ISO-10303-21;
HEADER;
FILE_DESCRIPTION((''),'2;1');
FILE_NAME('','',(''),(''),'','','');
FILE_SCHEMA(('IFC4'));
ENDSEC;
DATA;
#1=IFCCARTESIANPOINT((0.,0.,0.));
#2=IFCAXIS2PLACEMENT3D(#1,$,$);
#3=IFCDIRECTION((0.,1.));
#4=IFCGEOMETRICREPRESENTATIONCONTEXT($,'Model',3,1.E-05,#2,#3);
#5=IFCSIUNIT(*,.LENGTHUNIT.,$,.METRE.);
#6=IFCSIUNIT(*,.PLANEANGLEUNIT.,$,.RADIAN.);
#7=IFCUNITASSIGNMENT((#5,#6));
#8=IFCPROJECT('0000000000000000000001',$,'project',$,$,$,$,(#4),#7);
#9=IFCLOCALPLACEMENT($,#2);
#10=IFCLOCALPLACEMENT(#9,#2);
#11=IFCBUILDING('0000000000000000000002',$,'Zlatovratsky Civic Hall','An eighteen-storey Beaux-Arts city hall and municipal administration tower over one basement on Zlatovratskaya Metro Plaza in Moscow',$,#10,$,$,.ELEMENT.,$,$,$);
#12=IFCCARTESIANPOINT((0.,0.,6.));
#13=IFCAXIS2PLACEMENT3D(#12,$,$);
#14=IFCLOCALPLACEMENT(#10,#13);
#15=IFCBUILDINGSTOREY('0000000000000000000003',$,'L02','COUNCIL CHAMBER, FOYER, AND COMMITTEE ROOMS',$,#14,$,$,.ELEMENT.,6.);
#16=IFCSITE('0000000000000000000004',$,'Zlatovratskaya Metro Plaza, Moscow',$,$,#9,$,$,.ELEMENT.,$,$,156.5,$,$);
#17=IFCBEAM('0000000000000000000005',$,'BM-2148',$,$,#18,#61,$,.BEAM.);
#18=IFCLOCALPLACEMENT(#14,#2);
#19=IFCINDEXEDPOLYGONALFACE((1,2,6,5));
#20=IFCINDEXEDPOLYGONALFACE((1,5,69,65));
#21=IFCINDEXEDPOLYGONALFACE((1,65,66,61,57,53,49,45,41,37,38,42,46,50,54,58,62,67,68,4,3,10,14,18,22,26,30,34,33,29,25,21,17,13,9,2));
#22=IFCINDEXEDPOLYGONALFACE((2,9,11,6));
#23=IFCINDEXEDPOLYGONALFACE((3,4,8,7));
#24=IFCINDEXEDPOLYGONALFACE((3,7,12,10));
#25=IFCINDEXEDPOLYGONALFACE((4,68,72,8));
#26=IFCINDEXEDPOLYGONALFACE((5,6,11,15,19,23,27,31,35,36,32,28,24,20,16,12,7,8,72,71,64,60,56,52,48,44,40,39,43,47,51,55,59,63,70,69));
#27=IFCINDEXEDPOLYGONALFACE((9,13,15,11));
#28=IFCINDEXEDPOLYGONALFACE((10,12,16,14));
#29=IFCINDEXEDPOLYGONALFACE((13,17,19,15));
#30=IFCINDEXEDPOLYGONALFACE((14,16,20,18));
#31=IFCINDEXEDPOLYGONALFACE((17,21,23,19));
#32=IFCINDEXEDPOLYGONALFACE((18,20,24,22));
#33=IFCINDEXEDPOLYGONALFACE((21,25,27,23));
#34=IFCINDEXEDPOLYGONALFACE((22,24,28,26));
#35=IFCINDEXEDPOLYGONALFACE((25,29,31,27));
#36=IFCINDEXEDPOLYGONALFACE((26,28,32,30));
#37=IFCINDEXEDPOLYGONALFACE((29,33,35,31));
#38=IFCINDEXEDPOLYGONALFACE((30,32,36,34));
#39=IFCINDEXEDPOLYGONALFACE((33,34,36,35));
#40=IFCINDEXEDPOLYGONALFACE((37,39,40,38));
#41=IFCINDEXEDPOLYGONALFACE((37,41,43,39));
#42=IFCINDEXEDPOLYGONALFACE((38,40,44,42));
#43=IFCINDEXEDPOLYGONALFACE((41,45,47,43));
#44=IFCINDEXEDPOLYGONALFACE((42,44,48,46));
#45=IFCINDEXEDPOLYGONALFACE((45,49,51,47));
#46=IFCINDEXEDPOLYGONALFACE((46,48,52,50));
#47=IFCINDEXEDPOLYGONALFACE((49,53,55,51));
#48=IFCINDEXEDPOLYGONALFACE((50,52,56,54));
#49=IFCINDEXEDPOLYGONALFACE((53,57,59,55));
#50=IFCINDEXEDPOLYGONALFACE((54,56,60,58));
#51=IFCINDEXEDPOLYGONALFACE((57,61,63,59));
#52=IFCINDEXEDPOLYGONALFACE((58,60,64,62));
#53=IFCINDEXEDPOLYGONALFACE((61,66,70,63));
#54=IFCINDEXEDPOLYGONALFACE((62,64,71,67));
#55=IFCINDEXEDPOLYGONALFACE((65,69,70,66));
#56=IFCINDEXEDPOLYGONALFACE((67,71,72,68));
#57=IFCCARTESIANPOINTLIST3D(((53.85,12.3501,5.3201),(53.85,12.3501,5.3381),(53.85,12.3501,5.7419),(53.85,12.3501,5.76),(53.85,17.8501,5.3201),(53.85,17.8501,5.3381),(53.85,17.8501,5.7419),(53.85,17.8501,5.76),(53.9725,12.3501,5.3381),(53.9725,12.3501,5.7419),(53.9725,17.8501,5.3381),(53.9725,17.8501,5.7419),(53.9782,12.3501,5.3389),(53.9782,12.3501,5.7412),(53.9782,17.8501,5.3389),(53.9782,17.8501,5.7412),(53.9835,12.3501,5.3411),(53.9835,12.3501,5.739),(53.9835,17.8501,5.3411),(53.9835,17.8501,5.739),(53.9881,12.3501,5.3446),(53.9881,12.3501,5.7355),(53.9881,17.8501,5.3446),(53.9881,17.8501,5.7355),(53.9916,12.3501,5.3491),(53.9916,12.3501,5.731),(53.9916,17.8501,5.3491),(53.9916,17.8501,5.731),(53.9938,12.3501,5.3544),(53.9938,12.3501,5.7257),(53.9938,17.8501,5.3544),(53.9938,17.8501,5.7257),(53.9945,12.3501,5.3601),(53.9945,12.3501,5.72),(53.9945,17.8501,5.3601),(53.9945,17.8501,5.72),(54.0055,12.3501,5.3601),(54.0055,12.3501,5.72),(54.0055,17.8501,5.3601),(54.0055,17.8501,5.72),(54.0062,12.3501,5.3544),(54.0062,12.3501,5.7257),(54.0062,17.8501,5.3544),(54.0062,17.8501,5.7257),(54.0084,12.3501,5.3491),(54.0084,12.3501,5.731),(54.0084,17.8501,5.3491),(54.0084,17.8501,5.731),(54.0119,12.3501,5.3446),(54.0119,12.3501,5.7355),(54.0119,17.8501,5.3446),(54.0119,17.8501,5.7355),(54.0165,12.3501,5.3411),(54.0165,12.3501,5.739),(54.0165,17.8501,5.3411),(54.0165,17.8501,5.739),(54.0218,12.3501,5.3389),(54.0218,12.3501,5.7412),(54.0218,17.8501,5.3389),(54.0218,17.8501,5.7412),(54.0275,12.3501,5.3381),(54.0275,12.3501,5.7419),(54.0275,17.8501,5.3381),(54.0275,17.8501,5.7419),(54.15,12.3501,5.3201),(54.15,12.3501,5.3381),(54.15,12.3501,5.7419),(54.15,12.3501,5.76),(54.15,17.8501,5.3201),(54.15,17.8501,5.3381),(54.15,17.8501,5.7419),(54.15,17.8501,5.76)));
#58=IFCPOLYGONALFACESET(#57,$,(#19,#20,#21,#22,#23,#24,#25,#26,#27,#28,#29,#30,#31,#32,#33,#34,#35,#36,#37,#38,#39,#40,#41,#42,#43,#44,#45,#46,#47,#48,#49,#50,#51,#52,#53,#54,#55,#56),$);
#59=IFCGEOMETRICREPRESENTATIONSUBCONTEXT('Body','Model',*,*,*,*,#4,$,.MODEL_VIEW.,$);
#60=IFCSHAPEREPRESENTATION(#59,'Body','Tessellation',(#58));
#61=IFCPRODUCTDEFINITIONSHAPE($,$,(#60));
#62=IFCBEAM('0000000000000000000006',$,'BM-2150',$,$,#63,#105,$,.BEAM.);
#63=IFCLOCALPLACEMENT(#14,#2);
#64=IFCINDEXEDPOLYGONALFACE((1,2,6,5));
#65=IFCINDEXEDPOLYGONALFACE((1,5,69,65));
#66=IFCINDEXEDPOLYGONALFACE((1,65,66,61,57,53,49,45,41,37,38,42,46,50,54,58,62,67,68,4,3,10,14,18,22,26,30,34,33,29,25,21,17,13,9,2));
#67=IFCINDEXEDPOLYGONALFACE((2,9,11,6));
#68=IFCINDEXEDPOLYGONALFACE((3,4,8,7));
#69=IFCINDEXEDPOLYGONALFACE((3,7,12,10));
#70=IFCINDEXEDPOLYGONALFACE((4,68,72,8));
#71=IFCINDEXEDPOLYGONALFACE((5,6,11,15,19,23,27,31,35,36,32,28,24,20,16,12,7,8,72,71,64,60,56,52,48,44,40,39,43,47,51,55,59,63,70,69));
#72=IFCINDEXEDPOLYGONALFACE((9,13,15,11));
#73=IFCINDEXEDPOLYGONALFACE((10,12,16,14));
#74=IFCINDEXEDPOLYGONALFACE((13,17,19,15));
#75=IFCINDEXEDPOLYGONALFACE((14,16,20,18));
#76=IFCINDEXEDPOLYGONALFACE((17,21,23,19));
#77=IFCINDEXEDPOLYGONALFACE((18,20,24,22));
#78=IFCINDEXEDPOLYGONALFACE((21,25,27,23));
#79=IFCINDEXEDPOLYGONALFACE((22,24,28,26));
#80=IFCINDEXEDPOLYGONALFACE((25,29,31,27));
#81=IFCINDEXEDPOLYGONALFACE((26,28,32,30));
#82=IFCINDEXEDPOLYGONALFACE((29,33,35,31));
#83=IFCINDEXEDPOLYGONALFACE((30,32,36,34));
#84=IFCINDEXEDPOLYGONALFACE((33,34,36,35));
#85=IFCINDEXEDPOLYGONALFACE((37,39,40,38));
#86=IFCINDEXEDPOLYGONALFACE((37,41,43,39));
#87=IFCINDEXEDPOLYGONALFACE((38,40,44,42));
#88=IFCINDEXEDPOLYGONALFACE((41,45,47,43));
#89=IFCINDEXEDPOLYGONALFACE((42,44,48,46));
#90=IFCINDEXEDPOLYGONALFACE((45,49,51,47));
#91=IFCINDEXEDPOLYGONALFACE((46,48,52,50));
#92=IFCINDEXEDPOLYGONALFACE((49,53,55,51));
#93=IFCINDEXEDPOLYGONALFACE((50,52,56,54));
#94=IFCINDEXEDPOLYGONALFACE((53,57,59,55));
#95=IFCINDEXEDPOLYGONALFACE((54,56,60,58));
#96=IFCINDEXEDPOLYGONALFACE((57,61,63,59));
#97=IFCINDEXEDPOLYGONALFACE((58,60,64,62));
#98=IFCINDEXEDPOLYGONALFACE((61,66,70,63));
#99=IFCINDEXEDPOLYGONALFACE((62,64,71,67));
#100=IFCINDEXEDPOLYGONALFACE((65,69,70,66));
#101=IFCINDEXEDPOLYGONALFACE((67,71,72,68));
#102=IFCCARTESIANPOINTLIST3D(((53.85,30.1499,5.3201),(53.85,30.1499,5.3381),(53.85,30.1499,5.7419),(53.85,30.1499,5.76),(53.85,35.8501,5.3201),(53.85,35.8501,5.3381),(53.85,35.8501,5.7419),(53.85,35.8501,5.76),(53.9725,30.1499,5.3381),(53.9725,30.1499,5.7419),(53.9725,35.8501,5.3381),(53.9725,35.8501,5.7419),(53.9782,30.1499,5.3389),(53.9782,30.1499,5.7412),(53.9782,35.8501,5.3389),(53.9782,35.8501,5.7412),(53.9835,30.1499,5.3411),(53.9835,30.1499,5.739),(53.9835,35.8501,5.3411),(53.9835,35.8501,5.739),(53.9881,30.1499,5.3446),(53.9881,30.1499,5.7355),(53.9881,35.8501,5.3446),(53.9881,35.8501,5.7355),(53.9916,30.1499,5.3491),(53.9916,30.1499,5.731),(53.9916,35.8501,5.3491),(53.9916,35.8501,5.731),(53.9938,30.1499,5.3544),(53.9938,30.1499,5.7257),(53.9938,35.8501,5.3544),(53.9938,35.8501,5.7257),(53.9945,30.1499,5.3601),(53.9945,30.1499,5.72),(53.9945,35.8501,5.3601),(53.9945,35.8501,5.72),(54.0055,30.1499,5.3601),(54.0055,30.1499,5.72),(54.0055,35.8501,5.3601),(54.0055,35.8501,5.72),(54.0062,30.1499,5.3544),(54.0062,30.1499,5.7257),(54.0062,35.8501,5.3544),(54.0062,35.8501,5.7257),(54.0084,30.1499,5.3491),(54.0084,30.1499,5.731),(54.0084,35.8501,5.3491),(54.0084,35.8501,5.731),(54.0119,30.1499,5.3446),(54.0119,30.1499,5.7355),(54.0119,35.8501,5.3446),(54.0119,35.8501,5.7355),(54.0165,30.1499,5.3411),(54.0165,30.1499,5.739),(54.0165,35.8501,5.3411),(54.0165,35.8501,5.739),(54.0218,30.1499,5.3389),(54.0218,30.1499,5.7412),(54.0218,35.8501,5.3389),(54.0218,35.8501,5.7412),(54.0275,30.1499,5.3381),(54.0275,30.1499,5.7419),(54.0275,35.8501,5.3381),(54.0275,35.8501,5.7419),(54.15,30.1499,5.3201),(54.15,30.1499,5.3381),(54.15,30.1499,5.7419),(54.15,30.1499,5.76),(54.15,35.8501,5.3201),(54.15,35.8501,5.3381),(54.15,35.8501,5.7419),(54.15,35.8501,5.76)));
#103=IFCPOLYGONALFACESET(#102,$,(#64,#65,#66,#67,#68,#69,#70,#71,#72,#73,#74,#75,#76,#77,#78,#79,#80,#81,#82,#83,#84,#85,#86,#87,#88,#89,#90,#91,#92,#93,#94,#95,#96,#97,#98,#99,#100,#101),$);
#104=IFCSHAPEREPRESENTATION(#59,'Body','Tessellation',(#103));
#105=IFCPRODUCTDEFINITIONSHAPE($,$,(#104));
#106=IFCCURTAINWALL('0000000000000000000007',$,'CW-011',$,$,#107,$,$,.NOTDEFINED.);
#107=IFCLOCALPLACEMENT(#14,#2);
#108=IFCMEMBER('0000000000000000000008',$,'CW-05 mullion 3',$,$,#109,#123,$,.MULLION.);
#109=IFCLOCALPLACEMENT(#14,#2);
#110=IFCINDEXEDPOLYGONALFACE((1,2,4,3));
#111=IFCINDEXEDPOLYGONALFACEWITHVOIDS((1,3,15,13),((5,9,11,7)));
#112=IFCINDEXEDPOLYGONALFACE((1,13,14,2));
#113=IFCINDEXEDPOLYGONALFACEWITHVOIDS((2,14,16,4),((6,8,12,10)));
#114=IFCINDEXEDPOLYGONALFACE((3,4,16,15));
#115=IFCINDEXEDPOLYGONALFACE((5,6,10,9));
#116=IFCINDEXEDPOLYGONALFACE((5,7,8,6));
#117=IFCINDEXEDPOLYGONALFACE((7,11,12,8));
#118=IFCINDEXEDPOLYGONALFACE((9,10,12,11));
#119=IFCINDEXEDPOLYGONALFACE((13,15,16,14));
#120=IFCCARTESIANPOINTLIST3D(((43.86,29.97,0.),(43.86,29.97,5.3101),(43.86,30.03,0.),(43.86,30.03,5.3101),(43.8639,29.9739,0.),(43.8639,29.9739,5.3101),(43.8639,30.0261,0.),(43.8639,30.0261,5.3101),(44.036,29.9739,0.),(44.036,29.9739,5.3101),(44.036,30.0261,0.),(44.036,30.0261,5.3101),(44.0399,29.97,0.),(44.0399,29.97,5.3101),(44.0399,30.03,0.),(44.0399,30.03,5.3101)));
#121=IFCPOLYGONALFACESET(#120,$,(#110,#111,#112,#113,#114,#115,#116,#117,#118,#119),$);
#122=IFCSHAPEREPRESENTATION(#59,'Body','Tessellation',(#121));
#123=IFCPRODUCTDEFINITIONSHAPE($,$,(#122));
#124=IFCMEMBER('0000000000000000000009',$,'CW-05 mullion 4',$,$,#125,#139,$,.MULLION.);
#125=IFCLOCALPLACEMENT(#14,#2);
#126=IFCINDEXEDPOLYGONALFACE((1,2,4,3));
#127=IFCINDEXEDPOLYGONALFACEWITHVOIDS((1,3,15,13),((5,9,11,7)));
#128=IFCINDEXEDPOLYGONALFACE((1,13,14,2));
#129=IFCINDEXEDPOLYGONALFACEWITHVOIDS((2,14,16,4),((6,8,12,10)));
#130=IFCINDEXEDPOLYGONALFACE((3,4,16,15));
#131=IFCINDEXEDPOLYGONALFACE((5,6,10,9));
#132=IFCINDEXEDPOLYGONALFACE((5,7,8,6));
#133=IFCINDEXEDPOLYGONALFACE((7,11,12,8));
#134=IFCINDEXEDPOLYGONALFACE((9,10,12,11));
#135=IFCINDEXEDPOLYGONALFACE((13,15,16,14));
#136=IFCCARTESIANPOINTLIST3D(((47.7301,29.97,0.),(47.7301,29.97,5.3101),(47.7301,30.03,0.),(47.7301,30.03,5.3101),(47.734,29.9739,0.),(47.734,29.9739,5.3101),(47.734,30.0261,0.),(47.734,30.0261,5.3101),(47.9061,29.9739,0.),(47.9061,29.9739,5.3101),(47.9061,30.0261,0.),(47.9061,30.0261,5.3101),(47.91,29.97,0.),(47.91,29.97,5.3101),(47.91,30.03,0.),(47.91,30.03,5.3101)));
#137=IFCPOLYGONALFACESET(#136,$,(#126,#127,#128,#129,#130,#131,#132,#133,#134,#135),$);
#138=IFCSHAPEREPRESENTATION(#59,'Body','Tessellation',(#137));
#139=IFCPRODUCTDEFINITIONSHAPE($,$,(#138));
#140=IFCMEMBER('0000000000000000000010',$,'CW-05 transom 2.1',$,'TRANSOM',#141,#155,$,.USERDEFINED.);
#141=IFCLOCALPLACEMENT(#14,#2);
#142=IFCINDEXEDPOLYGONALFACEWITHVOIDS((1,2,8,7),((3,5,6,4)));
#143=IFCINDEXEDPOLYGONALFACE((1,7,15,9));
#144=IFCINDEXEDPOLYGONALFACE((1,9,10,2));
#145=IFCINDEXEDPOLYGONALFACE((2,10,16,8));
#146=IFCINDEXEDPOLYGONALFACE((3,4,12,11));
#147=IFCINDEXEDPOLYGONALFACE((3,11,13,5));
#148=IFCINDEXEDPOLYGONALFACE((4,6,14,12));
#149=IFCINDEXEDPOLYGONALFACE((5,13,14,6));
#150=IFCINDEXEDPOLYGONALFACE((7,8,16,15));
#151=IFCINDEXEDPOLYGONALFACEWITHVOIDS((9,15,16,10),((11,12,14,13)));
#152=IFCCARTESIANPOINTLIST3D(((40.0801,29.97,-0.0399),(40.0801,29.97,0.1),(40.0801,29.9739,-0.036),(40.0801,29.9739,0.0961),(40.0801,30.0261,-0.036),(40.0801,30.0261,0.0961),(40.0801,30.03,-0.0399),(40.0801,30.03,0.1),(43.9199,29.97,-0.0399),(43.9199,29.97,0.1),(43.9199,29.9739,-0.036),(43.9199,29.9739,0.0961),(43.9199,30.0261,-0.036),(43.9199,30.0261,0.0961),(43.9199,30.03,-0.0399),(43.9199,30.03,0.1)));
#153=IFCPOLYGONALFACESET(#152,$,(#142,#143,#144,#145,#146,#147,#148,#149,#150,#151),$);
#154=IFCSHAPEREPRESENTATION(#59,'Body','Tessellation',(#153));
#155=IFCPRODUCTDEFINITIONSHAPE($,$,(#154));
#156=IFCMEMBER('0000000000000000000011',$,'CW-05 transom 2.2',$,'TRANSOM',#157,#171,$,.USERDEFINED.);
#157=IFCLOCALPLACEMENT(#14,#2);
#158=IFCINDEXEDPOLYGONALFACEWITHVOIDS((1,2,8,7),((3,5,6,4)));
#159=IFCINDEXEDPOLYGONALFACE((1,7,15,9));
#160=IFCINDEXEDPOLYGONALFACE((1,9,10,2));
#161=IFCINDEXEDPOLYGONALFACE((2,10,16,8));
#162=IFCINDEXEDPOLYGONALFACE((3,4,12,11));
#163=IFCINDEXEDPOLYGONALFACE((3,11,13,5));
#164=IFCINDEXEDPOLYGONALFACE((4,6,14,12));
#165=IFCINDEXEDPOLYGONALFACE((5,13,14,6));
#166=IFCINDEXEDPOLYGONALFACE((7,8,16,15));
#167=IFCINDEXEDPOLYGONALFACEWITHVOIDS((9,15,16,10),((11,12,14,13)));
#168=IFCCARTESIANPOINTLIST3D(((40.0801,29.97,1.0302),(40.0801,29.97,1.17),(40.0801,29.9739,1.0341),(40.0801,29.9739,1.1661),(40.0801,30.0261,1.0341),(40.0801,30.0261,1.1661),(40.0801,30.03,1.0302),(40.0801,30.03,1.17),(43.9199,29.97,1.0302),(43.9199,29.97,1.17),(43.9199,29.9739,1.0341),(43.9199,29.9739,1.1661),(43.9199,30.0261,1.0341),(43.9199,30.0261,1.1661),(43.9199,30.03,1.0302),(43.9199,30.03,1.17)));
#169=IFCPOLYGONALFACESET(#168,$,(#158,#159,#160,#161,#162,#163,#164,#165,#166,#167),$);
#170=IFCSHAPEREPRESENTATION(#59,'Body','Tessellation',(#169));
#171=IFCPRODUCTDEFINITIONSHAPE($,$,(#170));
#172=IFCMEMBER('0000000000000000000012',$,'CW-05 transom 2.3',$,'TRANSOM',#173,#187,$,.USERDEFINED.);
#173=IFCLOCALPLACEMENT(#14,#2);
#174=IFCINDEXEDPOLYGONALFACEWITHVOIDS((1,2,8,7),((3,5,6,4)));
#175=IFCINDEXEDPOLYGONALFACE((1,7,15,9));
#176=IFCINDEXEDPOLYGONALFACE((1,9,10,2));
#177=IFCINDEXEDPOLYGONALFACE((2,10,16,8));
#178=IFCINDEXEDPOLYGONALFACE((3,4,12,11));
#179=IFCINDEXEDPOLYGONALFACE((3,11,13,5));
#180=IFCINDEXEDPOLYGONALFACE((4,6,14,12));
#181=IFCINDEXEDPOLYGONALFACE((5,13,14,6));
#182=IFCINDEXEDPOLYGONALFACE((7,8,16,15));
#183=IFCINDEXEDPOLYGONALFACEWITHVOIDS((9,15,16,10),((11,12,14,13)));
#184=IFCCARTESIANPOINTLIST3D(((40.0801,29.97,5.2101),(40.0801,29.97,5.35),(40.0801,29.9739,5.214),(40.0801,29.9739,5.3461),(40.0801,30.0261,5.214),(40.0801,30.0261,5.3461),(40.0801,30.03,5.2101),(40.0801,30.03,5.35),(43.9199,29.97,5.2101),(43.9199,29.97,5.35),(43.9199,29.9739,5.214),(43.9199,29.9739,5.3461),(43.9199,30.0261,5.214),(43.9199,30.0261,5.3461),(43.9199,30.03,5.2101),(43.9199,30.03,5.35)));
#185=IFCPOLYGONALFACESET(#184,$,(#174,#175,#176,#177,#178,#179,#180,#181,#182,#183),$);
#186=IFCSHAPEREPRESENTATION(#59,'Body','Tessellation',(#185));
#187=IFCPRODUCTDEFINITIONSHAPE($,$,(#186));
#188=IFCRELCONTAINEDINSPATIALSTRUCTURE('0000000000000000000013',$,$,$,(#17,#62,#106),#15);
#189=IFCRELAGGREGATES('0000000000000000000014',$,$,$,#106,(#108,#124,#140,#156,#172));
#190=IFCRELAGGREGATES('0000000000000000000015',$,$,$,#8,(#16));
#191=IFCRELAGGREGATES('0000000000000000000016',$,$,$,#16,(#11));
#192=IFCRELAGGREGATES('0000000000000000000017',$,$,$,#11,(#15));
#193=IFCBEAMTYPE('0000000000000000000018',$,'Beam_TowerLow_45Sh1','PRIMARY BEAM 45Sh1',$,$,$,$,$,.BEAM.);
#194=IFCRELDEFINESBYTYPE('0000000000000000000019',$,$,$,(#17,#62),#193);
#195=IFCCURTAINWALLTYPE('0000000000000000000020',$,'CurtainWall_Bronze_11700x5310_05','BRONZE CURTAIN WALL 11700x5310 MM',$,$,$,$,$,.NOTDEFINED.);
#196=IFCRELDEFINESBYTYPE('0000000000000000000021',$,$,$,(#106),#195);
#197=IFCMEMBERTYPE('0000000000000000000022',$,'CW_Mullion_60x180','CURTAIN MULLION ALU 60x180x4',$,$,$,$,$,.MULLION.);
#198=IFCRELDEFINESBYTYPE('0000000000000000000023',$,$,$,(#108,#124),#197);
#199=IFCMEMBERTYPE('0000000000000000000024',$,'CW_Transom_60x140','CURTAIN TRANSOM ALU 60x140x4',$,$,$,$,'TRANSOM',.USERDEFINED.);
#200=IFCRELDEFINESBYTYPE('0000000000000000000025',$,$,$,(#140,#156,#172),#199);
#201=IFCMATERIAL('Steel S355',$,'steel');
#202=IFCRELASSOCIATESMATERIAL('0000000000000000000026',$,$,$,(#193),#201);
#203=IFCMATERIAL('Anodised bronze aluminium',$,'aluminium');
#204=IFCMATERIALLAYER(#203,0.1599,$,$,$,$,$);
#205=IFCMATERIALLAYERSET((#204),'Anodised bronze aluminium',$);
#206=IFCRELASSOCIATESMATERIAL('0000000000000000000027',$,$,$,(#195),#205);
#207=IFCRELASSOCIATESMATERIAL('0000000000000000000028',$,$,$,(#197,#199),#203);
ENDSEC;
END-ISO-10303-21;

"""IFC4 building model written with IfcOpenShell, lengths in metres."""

from ifc_helpers import new_model, si_unit, direction, frame, origin, origin_2d, place, context, subcontext, project, spatial, hollow_rectangle, i_section, extrude, material, layer, layer_set, material_profile, profile_set, type_object, element, aggregate, save


model = new_model("IFC4")

# Units and contexts
model_context = context("Model", 3, precision=1e-05, world=origin(), true_north=direction((0.0, 1.0)))
body_context = subcontext(model_context, "Body", "Model", "MODEL_VIEW")
ifc_project = project(units=[si_unit("LENGTHUNIT", "METRE"), si_unit("PLANEANGLEUNIT", "RADIAN")], contexts=[model_context])

# Site, building, storey
site_placement = place(None, origin())
site = spatial("IfcSite", under=ifc_project, at=site_placement, Name="Zlatovratskaya Metro Plaza, Moscow", CompositionType="ELEMENT", RefElevation=156.5)
building_placement = place(site_placement, origin())
building = spatial("IfcBuilding", under=site, at=building_placement, Name="Zlatovratsky Civic Hall", Description="An eighteen-storey Beaux-Arts city hall and municipal administration tower over one basement on Zlatovratskaya Metro Plaza in Moscow", CompositionType="ELEMENT")
storey_placement = place(building_placement, frame((0.0, 0.0, 6.0)))
storey = spatial("IfcBuildingStorey", under=building, at=storey_placement, Name="L02", Description="COUNCIL CHAMBER, FOYER, AND COMMITTEE ROOMS", CompositionType="ELEMENT", Elevation=6.0)

# Shared definitions
ifc_material_1 = material(Name="Steel S355", Category="steel")

# Beams
ifc_material_profile_1 = material_profile(ifc_material_1, i_section(OverallWidth=0.3, OverallDepth=0.4399, WebThickness=0.011, FlangeThickness=0.0181, FilletRadius=0.022, at=origin_2d()), Name="45Sh1")
ifc_profile_set_1 = profile_set([ifc_material_profile_1], Name="Steel S355")
beam_type_1 = type_object("IfcBeamType", Name="Beam_TowerLow_45Sh1", Description="PRIMARY BEAM 45Sh1", PredefinedType="BEAM", material=ifc_profile_set_1)
beam_1_placement = place(storey_placement, frame((54.0, 12.3501, 5.54), z_axis=(0.0, 1.0, 0.0), x_axis=(-1.0, 0.0, 0.0)))
element("IfcBeam", 1, at=beam_1_placement, inside=storey, type_object=beam_type_1, Name="BM-2148", PredefinedType="BEAM", context=body_context, shape_type="SweptSolid", body=[
    extrude(i_section(OverallWidth=0.3, OverallDepth=0.4399, WebThickness=0.011, FlangeThickness=0.0181, FilletRadius=0.022, at=origin_2d()), origin(), (0.0, 0.0, 1.0), 5.5),
])
beam_2_placement = place(storey_placement, frame((54.0, 30.1499, 5.54), z_axis=(0.0, 1.0, 0.0), x_axis=(-1.0, 0.0, 0.0)))
element("IfcBeam", 2, at=beam_2_placement, inside=storey, type_object=beam_type_1, Name="BM-2150", PredefinedType="BEAM", context=body_context, shape_type="SweptSolid", body=[
    extrude(i_section(OverallWidth=0.3, OverallDepth=0.4399, WebThickness=0.011, FlangeThickness=0.0181, FilletRadius=0.022, at=origin_2d()), origin(), (0.0, 0.0, 1.0), 5.7002),
])

# Curtain wall, members
ifc_material_2 = material(Name="Anodised bronze aluminium", Category="aluminium")
ifc_layer_1 = layer(ifc_material_2, 0.1599)
ifc_layer_set_1 = layer_set([ifc_layer_1], Name="Anodised bronze aluminium")
curtain_wall_type = type_object("IfcCurtainWallType", Name="CurtainWall_Bronze_11700x5310_05", Description="BRONZE CURTAIN WALL 11700x5310 MM", PredefinedType="NOTDEFINED", material=ifc_layer_set_1)
curtain_wall_placement = place(storey_placement, origin())
curtain_wall = element("IfcCurtainWall", 3, at=curtain_wall_placement, inside=storey, type_object=curtain_wall_type, Name="CW-011", PredefinedType="NOTDEFINED")
ifc_material_profile_2 = material_profile(ifc_material_2, hollow_rectangle(XDim=0.0601, YDim=0.1799, WallThickness=0.0039, at=origin_2d()), Name="ALU 60x180x4")
ifc_profile_set_2 = profile_set([ifc_material_profile_2], Name="Anodised bronze aluminium")
member_type_1 = type_object("IfcMemberType", Name="CW_Mullion_60x180", Description="CURTAIN MULLION ALU 60x180x4", PredefinedType="MULLION", material=ifc_profile_set_2)
member_1_placement = place(storey_placement, frame((43.95, 30.0, 0.0), z_axis=(0.0, 0.0, 1.0), x_axis=(0.0, 1.0, 0.0)))
member_1 = element("IfcMember", 4, at=member_1_placement, type_object=member_type_1, Name="CW-05 mullion 3", PredefinedType="MULLION", context=body_context, shape_type="SweptSolid", body=[
    extrude(hollow_rectangle(XDim=0.0601, YDim=0.1799, WallThickness=0.0039, at=origin_2d()), origin(), (0.0, 0.0, 1.0), 5.3101),
])
member_2_placement = place(storey_placement, frame((47.8201, 30.0, 0.0), z_axis=(0.0, 0.0, 1.0), x_axis=(0.0, 1.0, 0.0)))
member_2 = element("IfcMember", 5, at=member_2_placement, type_object=member_type_1, Name="CW-05 mullion 4", PredefinedType="MULLION", context=body_context, shape_type="SweptSolid", body=[
    extrude(hollow_rectangle(XDim=0.0601, YDim=0.1799, WallThickness=0.0039, at=origin_2d()), origin(), (0.0, 0.0, 1.0), 5.3101),
])
ifc_material_profile_3 = material_profile(ifc_material_2, hollow_rectangle(XDim=0.0601, YDim=0.1399, WallThickness=0.0039, at=origin_2d()), Name="ALU 60x140x4")
ifc_profile_set_3 = profile_set([ifc_material_profile_3], Name="Anodised bronze aluminium")
member_type_2 = type_object("IfcMemberType", Name="CW_Transom_60x140", Description="CURTAIN TRANSOM ALU 60x140x4", ElementType="TRANSOM", PredefinedType="USERDEFINED", material=ifc_profile_set_3)
member_3_placement = place(storey_placement, frame((40.0801, 30.0, 0.03), z_axis=(1.0, 0.0, 0.0), x_axis=(0.0, 1.0, 0.0)))
member_3 = element("IfcMember", 6, at=member_3_placement, type_object=member_type_2, Name="CW-05 transom 2.1", ObjectType="TRANSOM", PredefinedType="USERDEFINED", context=body_context, shape_type="SweptSolid", body=[
    extrude(hollow_rectangle(XDim=0.0601, YDim=0.1399, WallThickness=0.0039, at=origin_2d()), origin(), (0.0, 0.0, 1.0), 3.8398),
])
member_4_placement = place(storey_placement, frame((40.0801, 30.0, 1.1001), z_axis=(1.0, 0.0, 0.0), x_axis=(0.0, 1.0, 0.0)))
member_4 = element("IfcMember", 7, at=member_4_placement, type_object=member_type_2, Name="CW-05 transom 2.2", ObjectType="TRANSOM", PredefinedType="USERDEFINED", context=body_context, shape_type="SweptSolid", body=[
    extrude(hollow_rectangle(XDim=0.0601, YDim=0.1399, WallThickness=0.0039, at=origin_2d()), origin(), (0.0, 0.0, 1.0), 3.8398),
])
member_5_placement = place(storey_placement, frame((40.0801, 30.0, 5.28), z_axis=(1.0, 0.0, 0.0), x_axis=(0.0, 1.0, 0.0)))
member_5 = element("IfcMember", 8, at=member_5_placement, type_object=member_type_2, Name="CW-05 transom 2.3", ObjectType="TRANSOM", PredefinedType="USERDEFINED", context=body_context, shape_type="SweptSolid", body=[
    extrude(hollow_rectangle(XDim=0.0601, YDim=0.1399, WallThickness=0.0039, at=origin_2d()), origin(), (0.0, 0.0, 1.0), 3.8398),
])

aggregate(curtain_wall, [member_1, member_2, member_3, member_4, member_5])

save(model, "model.ifc")
